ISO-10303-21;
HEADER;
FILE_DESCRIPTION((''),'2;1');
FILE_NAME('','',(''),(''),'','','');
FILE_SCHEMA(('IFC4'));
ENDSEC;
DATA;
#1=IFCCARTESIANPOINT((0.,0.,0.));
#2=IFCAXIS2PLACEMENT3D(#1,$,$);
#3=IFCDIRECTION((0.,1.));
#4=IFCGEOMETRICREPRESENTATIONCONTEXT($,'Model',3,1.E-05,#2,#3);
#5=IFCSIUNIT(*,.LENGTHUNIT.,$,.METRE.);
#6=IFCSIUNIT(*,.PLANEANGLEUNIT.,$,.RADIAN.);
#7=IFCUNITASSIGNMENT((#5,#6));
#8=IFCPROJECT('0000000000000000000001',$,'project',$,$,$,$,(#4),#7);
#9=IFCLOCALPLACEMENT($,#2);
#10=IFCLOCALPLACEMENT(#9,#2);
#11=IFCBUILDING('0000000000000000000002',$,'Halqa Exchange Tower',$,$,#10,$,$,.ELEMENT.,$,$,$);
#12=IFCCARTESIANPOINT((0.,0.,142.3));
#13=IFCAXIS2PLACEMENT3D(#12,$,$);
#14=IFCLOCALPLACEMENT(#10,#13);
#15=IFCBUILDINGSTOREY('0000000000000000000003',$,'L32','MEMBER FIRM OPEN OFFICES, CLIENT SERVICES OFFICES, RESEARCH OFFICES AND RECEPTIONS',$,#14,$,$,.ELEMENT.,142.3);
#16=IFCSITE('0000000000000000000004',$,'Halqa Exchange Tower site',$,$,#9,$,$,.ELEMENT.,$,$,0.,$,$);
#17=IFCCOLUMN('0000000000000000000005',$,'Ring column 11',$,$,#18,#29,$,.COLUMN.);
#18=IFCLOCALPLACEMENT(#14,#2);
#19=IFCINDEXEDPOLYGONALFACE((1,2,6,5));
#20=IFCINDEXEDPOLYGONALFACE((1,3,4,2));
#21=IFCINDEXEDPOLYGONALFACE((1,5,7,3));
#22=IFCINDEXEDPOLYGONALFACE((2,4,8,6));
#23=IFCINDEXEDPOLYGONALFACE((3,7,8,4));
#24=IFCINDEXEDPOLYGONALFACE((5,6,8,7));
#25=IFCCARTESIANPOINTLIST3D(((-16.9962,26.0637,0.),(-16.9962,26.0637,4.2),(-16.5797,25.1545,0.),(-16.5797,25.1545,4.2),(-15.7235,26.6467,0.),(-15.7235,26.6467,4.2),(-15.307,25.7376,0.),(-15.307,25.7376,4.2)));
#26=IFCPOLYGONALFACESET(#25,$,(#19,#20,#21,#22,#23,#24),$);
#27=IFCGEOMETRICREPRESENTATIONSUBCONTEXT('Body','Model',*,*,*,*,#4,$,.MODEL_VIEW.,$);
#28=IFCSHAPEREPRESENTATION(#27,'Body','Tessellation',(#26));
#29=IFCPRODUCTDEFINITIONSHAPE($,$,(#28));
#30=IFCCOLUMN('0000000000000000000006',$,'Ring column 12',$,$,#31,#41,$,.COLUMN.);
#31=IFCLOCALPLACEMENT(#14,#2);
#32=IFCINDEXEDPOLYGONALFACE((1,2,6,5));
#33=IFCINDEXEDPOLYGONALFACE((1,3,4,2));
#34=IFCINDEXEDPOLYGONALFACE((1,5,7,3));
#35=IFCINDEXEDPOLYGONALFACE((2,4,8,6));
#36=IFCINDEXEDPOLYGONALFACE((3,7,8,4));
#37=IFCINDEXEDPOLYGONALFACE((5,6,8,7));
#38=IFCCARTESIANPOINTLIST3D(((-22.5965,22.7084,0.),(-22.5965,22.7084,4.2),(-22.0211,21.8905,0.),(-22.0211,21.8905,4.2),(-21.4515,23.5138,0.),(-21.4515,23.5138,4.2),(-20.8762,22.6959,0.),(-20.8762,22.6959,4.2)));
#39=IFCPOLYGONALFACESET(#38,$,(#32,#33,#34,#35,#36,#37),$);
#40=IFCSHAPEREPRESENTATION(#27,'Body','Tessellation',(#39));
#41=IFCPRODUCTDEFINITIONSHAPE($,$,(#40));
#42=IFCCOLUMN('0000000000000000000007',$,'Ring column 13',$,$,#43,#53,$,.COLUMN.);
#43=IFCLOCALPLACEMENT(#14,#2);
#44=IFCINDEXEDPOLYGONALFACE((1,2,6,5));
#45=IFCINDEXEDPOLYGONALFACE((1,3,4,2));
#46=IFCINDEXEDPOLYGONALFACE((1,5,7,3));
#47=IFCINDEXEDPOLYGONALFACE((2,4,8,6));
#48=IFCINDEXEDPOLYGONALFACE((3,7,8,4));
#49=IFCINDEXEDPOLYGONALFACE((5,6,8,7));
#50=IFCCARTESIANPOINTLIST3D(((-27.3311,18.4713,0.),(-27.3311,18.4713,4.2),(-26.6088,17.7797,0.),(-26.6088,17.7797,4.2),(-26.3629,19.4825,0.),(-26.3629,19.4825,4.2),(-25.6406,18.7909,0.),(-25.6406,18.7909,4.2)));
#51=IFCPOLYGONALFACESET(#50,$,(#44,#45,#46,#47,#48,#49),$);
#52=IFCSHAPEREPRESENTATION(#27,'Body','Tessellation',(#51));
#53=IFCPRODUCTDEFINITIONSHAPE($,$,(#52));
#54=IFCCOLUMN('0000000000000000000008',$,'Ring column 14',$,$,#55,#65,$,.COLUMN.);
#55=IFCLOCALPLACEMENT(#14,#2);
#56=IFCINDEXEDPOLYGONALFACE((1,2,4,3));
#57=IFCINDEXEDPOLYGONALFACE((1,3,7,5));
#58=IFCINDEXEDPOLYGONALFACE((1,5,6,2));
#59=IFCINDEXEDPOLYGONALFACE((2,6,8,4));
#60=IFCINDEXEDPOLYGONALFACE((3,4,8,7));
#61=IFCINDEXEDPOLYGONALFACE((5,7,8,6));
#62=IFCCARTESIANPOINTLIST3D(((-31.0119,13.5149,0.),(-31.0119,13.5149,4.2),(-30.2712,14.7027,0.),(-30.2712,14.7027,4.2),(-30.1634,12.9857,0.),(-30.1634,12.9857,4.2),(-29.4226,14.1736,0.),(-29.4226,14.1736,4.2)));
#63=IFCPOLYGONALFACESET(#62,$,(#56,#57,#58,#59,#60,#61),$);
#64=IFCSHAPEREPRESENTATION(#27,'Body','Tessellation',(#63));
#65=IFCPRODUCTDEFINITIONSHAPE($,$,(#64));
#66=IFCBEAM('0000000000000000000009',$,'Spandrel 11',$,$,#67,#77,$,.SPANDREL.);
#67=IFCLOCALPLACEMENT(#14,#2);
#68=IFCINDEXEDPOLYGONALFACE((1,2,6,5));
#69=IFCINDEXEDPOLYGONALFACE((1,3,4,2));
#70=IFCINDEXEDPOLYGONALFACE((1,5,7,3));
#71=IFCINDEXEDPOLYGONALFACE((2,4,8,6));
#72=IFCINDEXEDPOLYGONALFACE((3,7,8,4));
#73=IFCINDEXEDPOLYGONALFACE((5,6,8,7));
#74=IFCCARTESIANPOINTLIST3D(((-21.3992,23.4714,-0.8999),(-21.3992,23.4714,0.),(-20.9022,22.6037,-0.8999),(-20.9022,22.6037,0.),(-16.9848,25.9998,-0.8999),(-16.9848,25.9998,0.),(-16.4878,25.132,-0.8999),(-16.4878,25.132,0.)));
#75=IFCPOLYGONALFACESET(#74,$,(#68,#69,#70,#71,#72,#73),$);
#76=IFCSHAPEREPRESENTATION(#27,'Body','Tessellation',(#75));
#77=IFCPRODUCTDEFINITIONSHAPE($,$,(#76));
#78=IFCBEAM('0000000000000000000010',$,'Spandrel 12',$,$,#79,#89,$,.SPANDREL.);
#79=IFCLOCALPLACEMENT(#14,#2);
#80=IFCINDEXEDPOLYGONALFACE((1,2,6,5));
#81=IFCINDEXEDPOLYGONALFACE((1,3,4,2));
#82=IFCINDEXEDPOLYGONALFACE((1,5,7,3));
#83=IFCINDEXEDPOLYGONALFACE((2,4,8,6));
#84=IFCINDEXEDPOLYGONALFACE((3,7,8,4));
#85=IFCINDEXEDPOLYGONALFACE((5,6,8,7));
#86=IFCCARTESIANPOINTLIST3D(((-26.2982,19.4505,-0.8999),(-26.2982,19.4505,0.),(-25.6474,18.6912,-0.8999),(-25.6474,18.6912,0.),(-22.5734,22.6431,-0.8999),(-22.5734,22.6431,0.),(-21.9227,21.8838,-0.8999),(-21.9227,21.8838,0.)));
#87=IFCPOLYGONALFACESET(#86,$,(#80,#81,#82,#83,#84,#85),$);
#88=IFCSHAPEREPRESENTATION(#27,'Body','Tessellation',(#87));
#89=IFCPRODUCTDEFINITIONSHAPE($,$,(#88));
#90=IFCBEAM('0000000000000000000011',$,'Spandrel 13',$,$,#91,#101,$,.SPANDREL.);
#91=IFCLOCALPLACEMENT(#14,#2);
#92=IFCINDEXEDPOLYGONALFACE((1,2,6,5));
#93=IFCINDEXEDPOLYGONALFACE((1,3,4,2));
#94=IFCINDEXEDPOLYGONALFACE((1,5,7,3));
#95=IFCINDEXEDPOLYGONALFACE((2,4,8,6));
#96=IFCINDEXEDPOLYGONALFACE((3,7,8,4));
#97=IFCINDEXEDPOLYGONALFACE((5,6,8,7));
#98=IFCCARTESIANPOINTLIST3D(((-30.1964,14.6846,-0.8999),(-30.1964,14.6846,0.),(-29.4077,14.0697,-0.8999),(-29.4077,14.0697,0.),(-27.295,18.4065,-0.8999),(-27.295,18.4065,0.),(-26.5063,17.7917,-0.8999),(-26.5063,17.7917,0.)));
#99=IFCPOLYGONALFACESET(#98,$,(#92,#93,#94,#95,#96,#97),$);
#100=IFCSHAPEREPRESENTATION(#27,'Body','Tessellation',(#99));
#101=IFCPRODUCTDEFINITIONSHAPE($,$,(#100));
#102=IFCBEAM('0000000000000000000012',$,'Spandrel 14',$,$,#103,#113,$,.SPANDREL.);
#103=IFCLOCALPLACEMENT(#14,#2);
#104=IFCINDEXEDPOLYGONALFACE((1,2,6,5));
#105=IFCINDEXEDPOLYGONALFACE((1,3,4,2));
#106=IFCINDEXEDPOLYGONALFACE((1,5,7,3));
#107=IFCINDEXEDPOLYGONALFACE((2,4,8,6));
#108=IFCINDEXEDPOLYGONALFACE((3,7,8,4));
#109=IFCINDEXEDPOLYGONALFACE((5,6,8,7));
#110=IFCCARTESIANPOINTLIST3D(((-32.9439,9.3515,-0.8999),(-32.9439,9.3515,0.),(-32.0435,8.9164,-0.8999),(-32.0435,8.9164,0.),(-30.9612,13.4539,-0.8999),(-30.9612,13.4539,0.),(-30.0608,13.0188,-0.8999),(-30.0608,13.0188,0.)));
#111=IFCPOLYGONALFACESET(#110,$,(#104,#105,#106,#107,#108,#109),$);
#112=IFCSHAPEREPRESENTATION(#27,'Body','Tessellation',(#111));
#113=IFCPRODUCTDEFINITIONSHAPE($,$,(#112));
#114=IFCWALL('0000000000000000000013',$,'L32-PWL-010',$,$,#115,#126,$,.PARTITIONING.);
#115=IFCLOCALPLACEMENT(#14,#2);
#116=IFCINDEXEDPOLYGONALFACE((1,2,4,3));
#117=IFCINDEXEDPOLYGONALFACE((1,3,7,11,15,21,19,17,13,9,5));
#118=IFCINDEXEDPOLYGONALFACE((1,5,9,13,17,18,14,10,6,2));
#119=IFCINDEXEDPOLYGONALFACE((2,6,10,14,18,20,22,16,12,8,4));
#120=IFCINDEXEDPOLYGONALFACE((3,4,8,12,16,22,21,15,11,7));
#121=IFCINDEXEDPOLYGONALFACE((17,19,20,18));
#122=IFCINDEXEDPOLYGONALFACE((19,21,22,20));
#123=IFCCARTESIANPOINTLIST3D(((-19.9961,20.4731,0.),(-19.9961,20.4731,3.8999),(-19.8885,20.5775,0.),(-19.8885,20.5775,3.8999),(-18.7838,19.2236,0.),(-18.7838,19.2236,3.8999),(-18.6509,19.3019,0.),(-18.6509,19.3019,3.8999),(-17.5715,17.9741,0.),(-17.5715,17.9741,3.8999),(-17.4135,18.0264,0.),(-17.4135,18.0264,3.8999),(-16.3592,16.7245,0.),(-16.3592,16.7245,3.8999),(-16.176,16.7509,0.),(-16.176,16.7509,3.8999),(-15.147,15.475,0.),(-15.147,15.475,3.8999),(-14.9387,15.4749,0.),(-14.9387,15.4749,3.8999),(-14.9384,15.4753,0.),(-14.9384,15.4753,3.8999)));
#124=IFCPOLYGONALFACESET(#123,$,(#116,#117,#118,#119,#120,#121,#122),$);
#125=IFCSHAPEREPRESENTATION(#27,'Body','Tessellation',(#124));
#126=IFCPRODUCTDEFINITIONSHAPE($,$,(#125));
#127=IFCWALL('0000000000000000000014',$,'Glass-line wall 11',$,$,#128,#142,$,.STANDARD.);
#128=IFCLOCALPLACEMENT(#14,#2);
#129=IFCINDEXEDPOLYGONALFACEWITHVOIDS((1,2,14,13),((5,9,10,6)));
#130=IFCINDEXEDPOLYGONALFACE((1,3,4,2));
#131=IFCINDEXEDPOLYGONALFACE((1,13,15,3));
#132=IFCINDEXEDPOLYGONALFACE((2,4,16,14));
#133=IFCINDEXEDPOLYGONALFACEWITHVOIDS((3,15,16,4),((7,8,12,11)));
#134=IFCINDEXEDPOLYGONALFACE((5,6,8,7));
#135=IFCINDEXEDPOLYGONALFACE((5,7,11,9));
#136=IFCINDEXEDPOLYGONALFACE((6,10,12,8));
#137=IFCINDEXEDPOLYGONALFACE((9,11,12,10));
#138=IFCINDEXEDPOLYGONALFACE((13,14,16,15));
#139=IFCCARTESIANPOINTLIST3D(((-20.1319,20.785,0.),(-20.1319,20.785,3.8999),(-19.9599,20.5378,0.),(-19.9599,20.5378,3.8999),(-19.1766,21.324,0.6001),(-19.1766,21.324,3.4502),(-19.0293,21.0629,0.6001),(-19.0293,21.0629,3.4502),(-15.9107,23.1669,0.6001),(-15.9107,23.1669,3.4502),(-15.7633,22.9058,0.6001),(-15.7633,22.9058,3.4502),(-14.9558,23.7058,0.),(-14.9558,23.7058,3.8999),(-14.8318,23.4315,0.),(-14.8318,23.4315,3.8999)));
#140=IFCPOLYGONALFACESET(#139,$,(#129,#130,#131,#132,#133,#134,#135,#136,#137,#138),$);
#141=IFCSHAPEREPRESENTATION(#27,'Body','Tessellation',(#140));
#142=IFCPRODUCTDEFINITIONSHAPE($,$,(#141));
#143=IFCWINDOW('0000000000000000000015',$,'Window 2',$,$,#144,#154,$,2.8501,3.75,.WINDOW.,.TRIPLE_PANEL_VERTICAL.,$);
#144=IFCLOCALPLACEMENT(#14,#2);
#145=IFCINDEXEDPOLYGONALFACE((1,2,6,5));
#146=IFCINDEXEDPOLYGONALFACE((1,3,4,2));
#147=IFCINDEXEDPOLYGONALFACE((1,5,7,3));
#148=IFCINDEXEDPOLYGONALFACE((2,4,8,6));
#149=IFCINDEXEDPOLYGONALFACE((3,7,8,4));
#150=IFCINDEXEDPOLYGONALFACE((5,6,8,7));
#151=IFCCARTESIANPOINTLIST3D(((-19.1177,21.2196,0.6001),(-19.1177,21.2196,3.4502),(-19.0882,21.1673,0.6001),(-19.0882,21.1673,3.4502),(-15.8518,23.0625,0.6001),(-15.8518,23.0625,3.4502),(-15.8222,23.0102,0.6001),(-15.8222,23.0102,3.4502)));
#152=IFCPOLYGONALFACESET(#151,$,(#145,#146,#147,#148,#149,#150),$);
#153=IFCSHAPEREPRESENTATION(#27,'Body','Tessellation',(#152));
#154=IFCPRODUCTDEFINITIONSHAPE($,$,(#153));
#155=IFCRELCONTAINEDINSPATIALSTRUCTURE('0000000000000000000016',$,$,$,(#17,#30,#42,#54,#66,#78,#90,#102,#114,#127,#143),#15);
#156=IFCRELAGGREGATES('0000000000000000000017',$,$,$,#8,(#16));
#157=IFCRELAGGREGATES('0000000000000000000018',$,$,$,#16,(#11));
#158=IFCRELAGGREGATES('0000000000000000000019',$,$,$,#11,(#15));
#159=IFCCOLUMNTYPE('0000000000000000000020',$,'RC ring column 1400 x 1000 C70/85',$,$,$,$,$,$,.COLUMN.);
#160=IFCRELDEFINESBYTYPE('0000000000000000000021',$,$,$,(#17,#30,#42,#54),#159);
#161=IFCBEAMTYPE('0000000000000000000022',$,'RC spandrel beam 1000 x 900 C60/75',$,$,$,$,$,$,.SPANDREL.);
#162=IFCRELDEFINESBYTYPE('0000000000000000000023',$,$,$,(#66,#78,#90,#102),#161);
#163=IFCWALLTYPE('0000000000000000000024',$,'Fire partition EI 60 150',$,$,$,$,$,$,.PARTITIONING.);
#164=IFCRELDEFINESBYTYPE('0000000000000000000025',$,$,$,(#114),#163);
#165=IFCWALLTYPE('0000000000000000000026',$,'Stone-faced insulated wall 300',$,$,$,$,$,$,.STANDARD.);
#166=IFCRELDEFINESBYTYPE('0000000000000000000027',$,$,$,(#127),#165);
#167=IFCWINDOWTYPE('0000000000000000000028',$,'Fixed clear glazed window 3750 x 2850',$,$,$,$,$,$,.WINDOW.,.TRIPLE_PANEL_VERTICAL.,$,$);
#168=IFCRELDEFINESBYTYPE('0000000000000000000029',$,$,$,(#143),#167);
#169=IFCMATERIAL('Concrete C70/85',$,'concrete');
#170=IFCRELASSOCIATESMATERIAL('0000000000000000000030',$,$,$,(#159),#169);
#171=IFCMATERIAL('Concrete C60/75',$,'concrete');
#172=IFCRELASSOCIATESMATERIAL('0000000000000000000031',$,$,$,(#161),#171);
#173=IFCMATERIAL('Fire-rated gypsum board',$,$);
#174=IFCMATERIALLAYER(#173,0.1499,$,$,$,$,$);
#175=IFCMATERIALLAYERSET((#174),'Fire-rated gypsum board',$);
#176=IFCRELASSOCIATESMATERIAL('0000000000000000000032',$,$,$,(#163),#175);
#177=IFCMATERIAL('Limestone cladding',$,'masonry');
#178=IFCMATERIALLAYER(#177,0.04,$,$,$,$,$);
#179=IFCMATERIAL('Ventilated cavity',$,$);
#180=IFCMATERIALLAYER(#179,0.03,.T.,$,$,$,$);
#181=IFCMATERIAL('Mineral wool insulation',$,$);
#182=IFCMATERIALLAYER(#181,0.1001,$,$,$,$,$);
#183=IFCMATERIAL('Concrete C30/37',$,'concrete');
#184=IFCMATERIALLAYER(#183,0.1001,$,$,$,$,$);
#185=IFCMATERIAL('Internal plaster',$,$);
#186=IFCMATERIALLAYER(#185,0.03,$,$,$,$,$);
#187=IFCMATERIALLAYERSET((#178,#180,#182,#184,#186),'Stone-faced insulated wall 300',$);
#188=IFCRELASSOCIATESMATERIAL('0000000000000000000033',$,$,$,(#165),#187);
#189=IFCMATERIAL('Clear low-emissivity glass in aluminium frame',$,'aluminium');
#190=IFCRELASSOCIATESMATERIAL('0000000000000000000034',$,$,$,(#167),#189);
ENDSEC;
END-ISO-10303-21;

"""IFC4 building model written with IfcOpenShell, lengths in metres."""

from ifc_helpers import new_model, si_unit, direction, frame, frame_2d, origin, origin_2d, place, context, subcontext, project, spatial, polyline, rectangle, outline, extrude, material, layer, layer_set, material_profile, profile_set, type_object, element, fill, save


model = new_model("IFC4")

# Units and contexts
model_context = context("Model", 3, precision=1e-05, world=origin(), true_north=direction((0.0, 1.0)))
body_context = subcontext(model_context, "Body", "Model", "MODEL_VIEW")
ifc_project = project(units=[si_unit("LENGTHUNIT", "METRE"), si_unit("PLANEANGLEUNIT", "RADIAN")], contexts=[model_context])

# Site, building, storey
site_placement = place(None, origin())
site = spatial("IfcSite", under=ifc_project, at=site_placement, Name="Halqa Exchange Tower site", CompositionType="ELEMENT", RefElevation=0.0)
building_placement = place(site_placement, origin())
building = spatial("IfcBuilding", under=site, at=building_placement, Name="Halqa Exchange Tower", CompositionType="ELEMENT")
storey_placement = place(building_placement, frame((0.0, 0.0, 142.3)))
storey = spatial("IfcBuildingStorey", under=building, at=storey_placement, Name="L32", Description="MEMBER FIRM OPEN OFFICES, CLIENT SERVICES OFFICES, RESEARCH OFFICES AND RECEPTIONS", CompositionType="ELEMENT", Elevation=142.3)

# Columns
ifc_material_1 = material(Name="Concrete C70/85", Category="concrete")
ifc_material_profile_1 = material_profile(ifc_material_1, rectangle(XDim=1.3999, YDim=1.0, at=origin_2d()), Name="1400 x 1000")
ifc_profile_set_1 = profile_set([ifc_material_profile_1], Name="Concrete C70/85")
column_type = type_object("IfcColumnType", Name="RC ring column 1400 x 1000 C70/85", PredefinedType="COLUMN", material=ifc_profile_set_1)
for number, where, z_axis, x_axis, name in (
    (1, (-16.1516, 25.9006, 0.0), (0.0, 0.0, 1.0), (-0.909127, -0.416519, 0.0), "Ring column 11"),
    (2, (-21.7363, 22.7021, 0.0), (0.0, 0.0, 1.0), (-0.817908, -0.575349, 0.0), "Ring column 12"),
    (3, (-26.4858, 18.6311, 0.0), (0.0, 0.0, 1.0), (-0.691574, -0.722306, 0.0), "Ring column 13"),
    (4, (-30.2173, 13.8442, 0.0), (0.0, 0.0, 1.0), (-0.529138, -0.848536, 0.0), "Ring column 14"),
):
    element("IfcColumn", number, at=place(storey_placement, frame(where, z_axis=z_axis, x_axis=x_axis)), inside=storey, type_object=column_type, Name=name, PredefinedType="COLUMN", context=body_context, shape_type="SweptSolid", body=[
        extrude(rectangle(XDim=1.3999, YDim=1.0, at=origin_2d()), origin(), (0.0, 0.0, 1.0), 4.2),
    ])

# Beams
ifc_material_2 = material(Name="Concrete C60/75", Category="concrete")
ifc_material_profile_2 = material_profile(ifc_material_2, rectangle(XDim=1.0, YDim=0.8999, at=origin_2d()), Name="1000 x 900")
ifc_profile_set_2 = profile_set([ifc_material_profile_2], Name="Concrete C60/75")
beam_type = type_object("IfcBeamType", Name="RC spandrel beam 1000 x 900 C60/75", PredefinedType="SPANDREL", material=ifc_profile_set_2)
beam_1_placement = place(storey_placement, frame((-16.7363, 25.5659, -0.45), z_axis=(-0.867747, -0.497007, 0.0), x_axis=(0.497007, -0.867747, 0.0)))
element("IfcBeam", 5, at=beam_1_placement, inside=storey, type_object=beam_type, Name="Spandrel 11", PredefinedType="SPANDREL", context=body_context, shape_type="SweptSolid", body=[
    extrude(rectangle(XDim=1.0, YDim=0.8999, at=origin_2d()), origin(), (0.0, 0.0, 1.0), 5.0872),
])
beam_2_placement = place(storey_placement, frame((-22.248, 22.2634, -0.45), z_axis=(-0.759267, -0.650779, 0.0), x_axis=(0.650779, -0.759267, 0.0)))
element("IfcBeam", 6, at=beam_2_placement, inside=storey, type_object=beam_type, Name="Spandrel 12", PredefinedType="SPANDREL", context=body_context, shape_type="SweptSolid", body=[
    extrude(rectangle(XDim=1.0, YDim=0.8999, at=origin_2d()), origin(), (0.0, 0.0, 1.0), 4.9058),
])
beam_3_placement = place(storey_placement, frame((-26.9006, 18.0991, -0.45), z_axis=(-0.614803, -0.78868, 0.0), x_axis=(0.78868, -0.614803, 0.0)))
element("IfcBeam", 7, at=beam_3_placement, inside=storey, type_object=beam_type, Name="Spandrel 13", PredefinedType="SPANDREL", context=body_context, shape_type="SweptSolid", body=[
    extrude(rectangle(XDim=1.0, YDim=0.8999, at=origin_2d()), origin(), (0.0, 0.0, 1.0), 4.7192),
])
beam_4_placement = place(storey_placement, frame((-30.511, 13.2363, -0.45), z_axis=(-0.435149, -0.900358, 0.0), x_axis=(0.900358, -0.435149, 0.0)))
element("IfcBeam", 8, at=beam_4_placement, inside=storey, type_object=beam_type, Name="Spandrel 14", PredefinedType="SPANDREL", context=body_context, shape_type="SweptSolid", body=[
    extrude(rectangle(XDim=1.0, YDim=0.8999, at=origin_2d()), origin(), (0.0, 0.0, 1.0), 4.5564),
])

# Shared definitions
ifc_material_3 = material(Name="Fire-rated gypsum board")
ifc_layer_1 = layer(ifc_material_3, 0.1499)
ifc_layer_set_1 = layer_set([ifc_layer_1], Name="Fire-rated gypsum board")
wall_type_1 = type_object("IfcWallType", Name="Fire partition EI 60 150", PredefinedType="PARTITIONING", material=ifc_layer_set_1)

# Wall
wall_1_placement = place(storey_placement, frame((-14.9922, 15.4231, 0.0), z_axis=(0.0, 0.0, 1.0), x_axis=(-0.696328, 0.717724, 0.0)))
element("IfcWall", 9, at=wall_1_placement, inside=storey, type_object=wall_type_1, Name="L32-PWL-010", PredefinedType="PARTITIONING", context=body_context, shape_type="SweptSolid", body=[
    extrude(outline(polyline([(7.1089, 0.075), (5.3679, 0.075), (3.627, 0.075), (1.886, 0.075), (0.145, 0.075), (0.0, -0.0745), (0.0, -0.075), (1.7773, -0.075), (3.5544, -0.075), (5.3315, -0.075), (7.1089, -0.075), (7.1089, 0.075)])), origin(), (0.0, 0.0, 1.0), 3.8999),
])

# Wall, opening, window
ifc_material_4 = material(Name="Limestone cladding", Category="masonry")
ifc_layer_2 = layer(ifc_material_4, 0.04)
ifc_material_5 = material(Name="Ventilated cavity")
ifc_layer_3 = layer(ifc_material_5, 0.03, ventilated=True)
ifc_material_6 = material(Name="Mineral wool insulation")
ifc_layer_4 = layer(ifc_material_6, 0.1001)
ifc_material_7 = material(Name="Concrete C30/37", Category="concrete")
ifc_layer_5 = layer(ifc_material_7, 0.1001)
ifc_material_8 = material(Name="Internal plaster")
ifc_layer_6 = layer(ifc_material_8, 0.03)
ifc_layer_set_2 = layer_set([ifc_layer_2, ifc_layer_3, ifc_layer_4, ifc_layer_5, ifc_layer_6], Name="Stone-faced insulated wall 300")
wall_type_2 = type_object("IfcWallType", Name="Stone-faced insulated wall 300", PredefinedType="STANDARD", material=ifc_layer_set_2)
wall_2_placement = place(storey_placement, frame((-14.8938, 23.5686, 0.0), z_axis=(0.0, 0.0, 1.0), x_axis=(-0.870912, -0.491438, 0.0)))
wall_2 = element("IfcWall", 10, at=wall_2_placement, inside=storey, type_object=wall_type_2, Name="Glass-line wall 11", PredefinedType="STANDARD", context=body_context, shape_type="SweptSolid", body=[
    extrude(outline(polyline([(-0.0134, -0.1499), (5.9299, -0.1499), (5.9016, 0.1499), (0.0134, 0.1499), (-0.0134, -0.1499)])), origin(), (0.0, 0.0, 1.0), 3.8999),
])
opening_1_placement = place(wall_2_placement, frame((1.083, 0.0, 0.6001)))
opening_1 = element("IfcOpeningElement", 11, at=opening_1_placement, cuts=wall_2, PredefinedType="OPENING", context=body_context, shape_type="SweptSolid", body=[
    extrude(rectangle(XDim=3.75, YDim=2.8501, at=frame_2d((1.875, 1.425))), frame((0.0, 0.1621, 0.0), z_axis=(0.0, -1.0, 0.0), x_axis=(1.0, 0.0, 0.0)), (0.0, 0.0, 1.0), 0.324),
])
ifc_material_9 = material(Name="Clear low-emissivity glass in aluminium frame", Category="aluminium")
window_type = type_object("IfcWindowType", Name="Fixed clear glazed window 3750 x 2850", PartitioningType="TRIPLE_PANEL_VERTICAL", PredefinedType="WINDOW", material=ifc_material_9)
window_1_placement = place(opening_1_placement, origin())
window_1 = element("IfcWindow", 12, at=window_1_placement, inside=storey, type_object=window_type, Name="Window 2", OverallHeight=2.8501, OverallWidth=3.75, PartitioningType="TRIPLE_PANEL_VERTICAL", PredefinedType="WINDOW", context=body_context, shape_type="SweptSolid", body=[
    extrude(rectangle(XDim=3.75, YDim=2.8501, at=frame_2d((1.875, 1.425))), frame((0.0, 0.03, 0.0), z_axis=(0.0, -1.0, 0.0), x_axis=(1.0, 0.0, 0.0)), (0.0, 0.0, 1.0), 0.0601),
])
fill(opening_1, window_1)

save(model, "model.ifc")
